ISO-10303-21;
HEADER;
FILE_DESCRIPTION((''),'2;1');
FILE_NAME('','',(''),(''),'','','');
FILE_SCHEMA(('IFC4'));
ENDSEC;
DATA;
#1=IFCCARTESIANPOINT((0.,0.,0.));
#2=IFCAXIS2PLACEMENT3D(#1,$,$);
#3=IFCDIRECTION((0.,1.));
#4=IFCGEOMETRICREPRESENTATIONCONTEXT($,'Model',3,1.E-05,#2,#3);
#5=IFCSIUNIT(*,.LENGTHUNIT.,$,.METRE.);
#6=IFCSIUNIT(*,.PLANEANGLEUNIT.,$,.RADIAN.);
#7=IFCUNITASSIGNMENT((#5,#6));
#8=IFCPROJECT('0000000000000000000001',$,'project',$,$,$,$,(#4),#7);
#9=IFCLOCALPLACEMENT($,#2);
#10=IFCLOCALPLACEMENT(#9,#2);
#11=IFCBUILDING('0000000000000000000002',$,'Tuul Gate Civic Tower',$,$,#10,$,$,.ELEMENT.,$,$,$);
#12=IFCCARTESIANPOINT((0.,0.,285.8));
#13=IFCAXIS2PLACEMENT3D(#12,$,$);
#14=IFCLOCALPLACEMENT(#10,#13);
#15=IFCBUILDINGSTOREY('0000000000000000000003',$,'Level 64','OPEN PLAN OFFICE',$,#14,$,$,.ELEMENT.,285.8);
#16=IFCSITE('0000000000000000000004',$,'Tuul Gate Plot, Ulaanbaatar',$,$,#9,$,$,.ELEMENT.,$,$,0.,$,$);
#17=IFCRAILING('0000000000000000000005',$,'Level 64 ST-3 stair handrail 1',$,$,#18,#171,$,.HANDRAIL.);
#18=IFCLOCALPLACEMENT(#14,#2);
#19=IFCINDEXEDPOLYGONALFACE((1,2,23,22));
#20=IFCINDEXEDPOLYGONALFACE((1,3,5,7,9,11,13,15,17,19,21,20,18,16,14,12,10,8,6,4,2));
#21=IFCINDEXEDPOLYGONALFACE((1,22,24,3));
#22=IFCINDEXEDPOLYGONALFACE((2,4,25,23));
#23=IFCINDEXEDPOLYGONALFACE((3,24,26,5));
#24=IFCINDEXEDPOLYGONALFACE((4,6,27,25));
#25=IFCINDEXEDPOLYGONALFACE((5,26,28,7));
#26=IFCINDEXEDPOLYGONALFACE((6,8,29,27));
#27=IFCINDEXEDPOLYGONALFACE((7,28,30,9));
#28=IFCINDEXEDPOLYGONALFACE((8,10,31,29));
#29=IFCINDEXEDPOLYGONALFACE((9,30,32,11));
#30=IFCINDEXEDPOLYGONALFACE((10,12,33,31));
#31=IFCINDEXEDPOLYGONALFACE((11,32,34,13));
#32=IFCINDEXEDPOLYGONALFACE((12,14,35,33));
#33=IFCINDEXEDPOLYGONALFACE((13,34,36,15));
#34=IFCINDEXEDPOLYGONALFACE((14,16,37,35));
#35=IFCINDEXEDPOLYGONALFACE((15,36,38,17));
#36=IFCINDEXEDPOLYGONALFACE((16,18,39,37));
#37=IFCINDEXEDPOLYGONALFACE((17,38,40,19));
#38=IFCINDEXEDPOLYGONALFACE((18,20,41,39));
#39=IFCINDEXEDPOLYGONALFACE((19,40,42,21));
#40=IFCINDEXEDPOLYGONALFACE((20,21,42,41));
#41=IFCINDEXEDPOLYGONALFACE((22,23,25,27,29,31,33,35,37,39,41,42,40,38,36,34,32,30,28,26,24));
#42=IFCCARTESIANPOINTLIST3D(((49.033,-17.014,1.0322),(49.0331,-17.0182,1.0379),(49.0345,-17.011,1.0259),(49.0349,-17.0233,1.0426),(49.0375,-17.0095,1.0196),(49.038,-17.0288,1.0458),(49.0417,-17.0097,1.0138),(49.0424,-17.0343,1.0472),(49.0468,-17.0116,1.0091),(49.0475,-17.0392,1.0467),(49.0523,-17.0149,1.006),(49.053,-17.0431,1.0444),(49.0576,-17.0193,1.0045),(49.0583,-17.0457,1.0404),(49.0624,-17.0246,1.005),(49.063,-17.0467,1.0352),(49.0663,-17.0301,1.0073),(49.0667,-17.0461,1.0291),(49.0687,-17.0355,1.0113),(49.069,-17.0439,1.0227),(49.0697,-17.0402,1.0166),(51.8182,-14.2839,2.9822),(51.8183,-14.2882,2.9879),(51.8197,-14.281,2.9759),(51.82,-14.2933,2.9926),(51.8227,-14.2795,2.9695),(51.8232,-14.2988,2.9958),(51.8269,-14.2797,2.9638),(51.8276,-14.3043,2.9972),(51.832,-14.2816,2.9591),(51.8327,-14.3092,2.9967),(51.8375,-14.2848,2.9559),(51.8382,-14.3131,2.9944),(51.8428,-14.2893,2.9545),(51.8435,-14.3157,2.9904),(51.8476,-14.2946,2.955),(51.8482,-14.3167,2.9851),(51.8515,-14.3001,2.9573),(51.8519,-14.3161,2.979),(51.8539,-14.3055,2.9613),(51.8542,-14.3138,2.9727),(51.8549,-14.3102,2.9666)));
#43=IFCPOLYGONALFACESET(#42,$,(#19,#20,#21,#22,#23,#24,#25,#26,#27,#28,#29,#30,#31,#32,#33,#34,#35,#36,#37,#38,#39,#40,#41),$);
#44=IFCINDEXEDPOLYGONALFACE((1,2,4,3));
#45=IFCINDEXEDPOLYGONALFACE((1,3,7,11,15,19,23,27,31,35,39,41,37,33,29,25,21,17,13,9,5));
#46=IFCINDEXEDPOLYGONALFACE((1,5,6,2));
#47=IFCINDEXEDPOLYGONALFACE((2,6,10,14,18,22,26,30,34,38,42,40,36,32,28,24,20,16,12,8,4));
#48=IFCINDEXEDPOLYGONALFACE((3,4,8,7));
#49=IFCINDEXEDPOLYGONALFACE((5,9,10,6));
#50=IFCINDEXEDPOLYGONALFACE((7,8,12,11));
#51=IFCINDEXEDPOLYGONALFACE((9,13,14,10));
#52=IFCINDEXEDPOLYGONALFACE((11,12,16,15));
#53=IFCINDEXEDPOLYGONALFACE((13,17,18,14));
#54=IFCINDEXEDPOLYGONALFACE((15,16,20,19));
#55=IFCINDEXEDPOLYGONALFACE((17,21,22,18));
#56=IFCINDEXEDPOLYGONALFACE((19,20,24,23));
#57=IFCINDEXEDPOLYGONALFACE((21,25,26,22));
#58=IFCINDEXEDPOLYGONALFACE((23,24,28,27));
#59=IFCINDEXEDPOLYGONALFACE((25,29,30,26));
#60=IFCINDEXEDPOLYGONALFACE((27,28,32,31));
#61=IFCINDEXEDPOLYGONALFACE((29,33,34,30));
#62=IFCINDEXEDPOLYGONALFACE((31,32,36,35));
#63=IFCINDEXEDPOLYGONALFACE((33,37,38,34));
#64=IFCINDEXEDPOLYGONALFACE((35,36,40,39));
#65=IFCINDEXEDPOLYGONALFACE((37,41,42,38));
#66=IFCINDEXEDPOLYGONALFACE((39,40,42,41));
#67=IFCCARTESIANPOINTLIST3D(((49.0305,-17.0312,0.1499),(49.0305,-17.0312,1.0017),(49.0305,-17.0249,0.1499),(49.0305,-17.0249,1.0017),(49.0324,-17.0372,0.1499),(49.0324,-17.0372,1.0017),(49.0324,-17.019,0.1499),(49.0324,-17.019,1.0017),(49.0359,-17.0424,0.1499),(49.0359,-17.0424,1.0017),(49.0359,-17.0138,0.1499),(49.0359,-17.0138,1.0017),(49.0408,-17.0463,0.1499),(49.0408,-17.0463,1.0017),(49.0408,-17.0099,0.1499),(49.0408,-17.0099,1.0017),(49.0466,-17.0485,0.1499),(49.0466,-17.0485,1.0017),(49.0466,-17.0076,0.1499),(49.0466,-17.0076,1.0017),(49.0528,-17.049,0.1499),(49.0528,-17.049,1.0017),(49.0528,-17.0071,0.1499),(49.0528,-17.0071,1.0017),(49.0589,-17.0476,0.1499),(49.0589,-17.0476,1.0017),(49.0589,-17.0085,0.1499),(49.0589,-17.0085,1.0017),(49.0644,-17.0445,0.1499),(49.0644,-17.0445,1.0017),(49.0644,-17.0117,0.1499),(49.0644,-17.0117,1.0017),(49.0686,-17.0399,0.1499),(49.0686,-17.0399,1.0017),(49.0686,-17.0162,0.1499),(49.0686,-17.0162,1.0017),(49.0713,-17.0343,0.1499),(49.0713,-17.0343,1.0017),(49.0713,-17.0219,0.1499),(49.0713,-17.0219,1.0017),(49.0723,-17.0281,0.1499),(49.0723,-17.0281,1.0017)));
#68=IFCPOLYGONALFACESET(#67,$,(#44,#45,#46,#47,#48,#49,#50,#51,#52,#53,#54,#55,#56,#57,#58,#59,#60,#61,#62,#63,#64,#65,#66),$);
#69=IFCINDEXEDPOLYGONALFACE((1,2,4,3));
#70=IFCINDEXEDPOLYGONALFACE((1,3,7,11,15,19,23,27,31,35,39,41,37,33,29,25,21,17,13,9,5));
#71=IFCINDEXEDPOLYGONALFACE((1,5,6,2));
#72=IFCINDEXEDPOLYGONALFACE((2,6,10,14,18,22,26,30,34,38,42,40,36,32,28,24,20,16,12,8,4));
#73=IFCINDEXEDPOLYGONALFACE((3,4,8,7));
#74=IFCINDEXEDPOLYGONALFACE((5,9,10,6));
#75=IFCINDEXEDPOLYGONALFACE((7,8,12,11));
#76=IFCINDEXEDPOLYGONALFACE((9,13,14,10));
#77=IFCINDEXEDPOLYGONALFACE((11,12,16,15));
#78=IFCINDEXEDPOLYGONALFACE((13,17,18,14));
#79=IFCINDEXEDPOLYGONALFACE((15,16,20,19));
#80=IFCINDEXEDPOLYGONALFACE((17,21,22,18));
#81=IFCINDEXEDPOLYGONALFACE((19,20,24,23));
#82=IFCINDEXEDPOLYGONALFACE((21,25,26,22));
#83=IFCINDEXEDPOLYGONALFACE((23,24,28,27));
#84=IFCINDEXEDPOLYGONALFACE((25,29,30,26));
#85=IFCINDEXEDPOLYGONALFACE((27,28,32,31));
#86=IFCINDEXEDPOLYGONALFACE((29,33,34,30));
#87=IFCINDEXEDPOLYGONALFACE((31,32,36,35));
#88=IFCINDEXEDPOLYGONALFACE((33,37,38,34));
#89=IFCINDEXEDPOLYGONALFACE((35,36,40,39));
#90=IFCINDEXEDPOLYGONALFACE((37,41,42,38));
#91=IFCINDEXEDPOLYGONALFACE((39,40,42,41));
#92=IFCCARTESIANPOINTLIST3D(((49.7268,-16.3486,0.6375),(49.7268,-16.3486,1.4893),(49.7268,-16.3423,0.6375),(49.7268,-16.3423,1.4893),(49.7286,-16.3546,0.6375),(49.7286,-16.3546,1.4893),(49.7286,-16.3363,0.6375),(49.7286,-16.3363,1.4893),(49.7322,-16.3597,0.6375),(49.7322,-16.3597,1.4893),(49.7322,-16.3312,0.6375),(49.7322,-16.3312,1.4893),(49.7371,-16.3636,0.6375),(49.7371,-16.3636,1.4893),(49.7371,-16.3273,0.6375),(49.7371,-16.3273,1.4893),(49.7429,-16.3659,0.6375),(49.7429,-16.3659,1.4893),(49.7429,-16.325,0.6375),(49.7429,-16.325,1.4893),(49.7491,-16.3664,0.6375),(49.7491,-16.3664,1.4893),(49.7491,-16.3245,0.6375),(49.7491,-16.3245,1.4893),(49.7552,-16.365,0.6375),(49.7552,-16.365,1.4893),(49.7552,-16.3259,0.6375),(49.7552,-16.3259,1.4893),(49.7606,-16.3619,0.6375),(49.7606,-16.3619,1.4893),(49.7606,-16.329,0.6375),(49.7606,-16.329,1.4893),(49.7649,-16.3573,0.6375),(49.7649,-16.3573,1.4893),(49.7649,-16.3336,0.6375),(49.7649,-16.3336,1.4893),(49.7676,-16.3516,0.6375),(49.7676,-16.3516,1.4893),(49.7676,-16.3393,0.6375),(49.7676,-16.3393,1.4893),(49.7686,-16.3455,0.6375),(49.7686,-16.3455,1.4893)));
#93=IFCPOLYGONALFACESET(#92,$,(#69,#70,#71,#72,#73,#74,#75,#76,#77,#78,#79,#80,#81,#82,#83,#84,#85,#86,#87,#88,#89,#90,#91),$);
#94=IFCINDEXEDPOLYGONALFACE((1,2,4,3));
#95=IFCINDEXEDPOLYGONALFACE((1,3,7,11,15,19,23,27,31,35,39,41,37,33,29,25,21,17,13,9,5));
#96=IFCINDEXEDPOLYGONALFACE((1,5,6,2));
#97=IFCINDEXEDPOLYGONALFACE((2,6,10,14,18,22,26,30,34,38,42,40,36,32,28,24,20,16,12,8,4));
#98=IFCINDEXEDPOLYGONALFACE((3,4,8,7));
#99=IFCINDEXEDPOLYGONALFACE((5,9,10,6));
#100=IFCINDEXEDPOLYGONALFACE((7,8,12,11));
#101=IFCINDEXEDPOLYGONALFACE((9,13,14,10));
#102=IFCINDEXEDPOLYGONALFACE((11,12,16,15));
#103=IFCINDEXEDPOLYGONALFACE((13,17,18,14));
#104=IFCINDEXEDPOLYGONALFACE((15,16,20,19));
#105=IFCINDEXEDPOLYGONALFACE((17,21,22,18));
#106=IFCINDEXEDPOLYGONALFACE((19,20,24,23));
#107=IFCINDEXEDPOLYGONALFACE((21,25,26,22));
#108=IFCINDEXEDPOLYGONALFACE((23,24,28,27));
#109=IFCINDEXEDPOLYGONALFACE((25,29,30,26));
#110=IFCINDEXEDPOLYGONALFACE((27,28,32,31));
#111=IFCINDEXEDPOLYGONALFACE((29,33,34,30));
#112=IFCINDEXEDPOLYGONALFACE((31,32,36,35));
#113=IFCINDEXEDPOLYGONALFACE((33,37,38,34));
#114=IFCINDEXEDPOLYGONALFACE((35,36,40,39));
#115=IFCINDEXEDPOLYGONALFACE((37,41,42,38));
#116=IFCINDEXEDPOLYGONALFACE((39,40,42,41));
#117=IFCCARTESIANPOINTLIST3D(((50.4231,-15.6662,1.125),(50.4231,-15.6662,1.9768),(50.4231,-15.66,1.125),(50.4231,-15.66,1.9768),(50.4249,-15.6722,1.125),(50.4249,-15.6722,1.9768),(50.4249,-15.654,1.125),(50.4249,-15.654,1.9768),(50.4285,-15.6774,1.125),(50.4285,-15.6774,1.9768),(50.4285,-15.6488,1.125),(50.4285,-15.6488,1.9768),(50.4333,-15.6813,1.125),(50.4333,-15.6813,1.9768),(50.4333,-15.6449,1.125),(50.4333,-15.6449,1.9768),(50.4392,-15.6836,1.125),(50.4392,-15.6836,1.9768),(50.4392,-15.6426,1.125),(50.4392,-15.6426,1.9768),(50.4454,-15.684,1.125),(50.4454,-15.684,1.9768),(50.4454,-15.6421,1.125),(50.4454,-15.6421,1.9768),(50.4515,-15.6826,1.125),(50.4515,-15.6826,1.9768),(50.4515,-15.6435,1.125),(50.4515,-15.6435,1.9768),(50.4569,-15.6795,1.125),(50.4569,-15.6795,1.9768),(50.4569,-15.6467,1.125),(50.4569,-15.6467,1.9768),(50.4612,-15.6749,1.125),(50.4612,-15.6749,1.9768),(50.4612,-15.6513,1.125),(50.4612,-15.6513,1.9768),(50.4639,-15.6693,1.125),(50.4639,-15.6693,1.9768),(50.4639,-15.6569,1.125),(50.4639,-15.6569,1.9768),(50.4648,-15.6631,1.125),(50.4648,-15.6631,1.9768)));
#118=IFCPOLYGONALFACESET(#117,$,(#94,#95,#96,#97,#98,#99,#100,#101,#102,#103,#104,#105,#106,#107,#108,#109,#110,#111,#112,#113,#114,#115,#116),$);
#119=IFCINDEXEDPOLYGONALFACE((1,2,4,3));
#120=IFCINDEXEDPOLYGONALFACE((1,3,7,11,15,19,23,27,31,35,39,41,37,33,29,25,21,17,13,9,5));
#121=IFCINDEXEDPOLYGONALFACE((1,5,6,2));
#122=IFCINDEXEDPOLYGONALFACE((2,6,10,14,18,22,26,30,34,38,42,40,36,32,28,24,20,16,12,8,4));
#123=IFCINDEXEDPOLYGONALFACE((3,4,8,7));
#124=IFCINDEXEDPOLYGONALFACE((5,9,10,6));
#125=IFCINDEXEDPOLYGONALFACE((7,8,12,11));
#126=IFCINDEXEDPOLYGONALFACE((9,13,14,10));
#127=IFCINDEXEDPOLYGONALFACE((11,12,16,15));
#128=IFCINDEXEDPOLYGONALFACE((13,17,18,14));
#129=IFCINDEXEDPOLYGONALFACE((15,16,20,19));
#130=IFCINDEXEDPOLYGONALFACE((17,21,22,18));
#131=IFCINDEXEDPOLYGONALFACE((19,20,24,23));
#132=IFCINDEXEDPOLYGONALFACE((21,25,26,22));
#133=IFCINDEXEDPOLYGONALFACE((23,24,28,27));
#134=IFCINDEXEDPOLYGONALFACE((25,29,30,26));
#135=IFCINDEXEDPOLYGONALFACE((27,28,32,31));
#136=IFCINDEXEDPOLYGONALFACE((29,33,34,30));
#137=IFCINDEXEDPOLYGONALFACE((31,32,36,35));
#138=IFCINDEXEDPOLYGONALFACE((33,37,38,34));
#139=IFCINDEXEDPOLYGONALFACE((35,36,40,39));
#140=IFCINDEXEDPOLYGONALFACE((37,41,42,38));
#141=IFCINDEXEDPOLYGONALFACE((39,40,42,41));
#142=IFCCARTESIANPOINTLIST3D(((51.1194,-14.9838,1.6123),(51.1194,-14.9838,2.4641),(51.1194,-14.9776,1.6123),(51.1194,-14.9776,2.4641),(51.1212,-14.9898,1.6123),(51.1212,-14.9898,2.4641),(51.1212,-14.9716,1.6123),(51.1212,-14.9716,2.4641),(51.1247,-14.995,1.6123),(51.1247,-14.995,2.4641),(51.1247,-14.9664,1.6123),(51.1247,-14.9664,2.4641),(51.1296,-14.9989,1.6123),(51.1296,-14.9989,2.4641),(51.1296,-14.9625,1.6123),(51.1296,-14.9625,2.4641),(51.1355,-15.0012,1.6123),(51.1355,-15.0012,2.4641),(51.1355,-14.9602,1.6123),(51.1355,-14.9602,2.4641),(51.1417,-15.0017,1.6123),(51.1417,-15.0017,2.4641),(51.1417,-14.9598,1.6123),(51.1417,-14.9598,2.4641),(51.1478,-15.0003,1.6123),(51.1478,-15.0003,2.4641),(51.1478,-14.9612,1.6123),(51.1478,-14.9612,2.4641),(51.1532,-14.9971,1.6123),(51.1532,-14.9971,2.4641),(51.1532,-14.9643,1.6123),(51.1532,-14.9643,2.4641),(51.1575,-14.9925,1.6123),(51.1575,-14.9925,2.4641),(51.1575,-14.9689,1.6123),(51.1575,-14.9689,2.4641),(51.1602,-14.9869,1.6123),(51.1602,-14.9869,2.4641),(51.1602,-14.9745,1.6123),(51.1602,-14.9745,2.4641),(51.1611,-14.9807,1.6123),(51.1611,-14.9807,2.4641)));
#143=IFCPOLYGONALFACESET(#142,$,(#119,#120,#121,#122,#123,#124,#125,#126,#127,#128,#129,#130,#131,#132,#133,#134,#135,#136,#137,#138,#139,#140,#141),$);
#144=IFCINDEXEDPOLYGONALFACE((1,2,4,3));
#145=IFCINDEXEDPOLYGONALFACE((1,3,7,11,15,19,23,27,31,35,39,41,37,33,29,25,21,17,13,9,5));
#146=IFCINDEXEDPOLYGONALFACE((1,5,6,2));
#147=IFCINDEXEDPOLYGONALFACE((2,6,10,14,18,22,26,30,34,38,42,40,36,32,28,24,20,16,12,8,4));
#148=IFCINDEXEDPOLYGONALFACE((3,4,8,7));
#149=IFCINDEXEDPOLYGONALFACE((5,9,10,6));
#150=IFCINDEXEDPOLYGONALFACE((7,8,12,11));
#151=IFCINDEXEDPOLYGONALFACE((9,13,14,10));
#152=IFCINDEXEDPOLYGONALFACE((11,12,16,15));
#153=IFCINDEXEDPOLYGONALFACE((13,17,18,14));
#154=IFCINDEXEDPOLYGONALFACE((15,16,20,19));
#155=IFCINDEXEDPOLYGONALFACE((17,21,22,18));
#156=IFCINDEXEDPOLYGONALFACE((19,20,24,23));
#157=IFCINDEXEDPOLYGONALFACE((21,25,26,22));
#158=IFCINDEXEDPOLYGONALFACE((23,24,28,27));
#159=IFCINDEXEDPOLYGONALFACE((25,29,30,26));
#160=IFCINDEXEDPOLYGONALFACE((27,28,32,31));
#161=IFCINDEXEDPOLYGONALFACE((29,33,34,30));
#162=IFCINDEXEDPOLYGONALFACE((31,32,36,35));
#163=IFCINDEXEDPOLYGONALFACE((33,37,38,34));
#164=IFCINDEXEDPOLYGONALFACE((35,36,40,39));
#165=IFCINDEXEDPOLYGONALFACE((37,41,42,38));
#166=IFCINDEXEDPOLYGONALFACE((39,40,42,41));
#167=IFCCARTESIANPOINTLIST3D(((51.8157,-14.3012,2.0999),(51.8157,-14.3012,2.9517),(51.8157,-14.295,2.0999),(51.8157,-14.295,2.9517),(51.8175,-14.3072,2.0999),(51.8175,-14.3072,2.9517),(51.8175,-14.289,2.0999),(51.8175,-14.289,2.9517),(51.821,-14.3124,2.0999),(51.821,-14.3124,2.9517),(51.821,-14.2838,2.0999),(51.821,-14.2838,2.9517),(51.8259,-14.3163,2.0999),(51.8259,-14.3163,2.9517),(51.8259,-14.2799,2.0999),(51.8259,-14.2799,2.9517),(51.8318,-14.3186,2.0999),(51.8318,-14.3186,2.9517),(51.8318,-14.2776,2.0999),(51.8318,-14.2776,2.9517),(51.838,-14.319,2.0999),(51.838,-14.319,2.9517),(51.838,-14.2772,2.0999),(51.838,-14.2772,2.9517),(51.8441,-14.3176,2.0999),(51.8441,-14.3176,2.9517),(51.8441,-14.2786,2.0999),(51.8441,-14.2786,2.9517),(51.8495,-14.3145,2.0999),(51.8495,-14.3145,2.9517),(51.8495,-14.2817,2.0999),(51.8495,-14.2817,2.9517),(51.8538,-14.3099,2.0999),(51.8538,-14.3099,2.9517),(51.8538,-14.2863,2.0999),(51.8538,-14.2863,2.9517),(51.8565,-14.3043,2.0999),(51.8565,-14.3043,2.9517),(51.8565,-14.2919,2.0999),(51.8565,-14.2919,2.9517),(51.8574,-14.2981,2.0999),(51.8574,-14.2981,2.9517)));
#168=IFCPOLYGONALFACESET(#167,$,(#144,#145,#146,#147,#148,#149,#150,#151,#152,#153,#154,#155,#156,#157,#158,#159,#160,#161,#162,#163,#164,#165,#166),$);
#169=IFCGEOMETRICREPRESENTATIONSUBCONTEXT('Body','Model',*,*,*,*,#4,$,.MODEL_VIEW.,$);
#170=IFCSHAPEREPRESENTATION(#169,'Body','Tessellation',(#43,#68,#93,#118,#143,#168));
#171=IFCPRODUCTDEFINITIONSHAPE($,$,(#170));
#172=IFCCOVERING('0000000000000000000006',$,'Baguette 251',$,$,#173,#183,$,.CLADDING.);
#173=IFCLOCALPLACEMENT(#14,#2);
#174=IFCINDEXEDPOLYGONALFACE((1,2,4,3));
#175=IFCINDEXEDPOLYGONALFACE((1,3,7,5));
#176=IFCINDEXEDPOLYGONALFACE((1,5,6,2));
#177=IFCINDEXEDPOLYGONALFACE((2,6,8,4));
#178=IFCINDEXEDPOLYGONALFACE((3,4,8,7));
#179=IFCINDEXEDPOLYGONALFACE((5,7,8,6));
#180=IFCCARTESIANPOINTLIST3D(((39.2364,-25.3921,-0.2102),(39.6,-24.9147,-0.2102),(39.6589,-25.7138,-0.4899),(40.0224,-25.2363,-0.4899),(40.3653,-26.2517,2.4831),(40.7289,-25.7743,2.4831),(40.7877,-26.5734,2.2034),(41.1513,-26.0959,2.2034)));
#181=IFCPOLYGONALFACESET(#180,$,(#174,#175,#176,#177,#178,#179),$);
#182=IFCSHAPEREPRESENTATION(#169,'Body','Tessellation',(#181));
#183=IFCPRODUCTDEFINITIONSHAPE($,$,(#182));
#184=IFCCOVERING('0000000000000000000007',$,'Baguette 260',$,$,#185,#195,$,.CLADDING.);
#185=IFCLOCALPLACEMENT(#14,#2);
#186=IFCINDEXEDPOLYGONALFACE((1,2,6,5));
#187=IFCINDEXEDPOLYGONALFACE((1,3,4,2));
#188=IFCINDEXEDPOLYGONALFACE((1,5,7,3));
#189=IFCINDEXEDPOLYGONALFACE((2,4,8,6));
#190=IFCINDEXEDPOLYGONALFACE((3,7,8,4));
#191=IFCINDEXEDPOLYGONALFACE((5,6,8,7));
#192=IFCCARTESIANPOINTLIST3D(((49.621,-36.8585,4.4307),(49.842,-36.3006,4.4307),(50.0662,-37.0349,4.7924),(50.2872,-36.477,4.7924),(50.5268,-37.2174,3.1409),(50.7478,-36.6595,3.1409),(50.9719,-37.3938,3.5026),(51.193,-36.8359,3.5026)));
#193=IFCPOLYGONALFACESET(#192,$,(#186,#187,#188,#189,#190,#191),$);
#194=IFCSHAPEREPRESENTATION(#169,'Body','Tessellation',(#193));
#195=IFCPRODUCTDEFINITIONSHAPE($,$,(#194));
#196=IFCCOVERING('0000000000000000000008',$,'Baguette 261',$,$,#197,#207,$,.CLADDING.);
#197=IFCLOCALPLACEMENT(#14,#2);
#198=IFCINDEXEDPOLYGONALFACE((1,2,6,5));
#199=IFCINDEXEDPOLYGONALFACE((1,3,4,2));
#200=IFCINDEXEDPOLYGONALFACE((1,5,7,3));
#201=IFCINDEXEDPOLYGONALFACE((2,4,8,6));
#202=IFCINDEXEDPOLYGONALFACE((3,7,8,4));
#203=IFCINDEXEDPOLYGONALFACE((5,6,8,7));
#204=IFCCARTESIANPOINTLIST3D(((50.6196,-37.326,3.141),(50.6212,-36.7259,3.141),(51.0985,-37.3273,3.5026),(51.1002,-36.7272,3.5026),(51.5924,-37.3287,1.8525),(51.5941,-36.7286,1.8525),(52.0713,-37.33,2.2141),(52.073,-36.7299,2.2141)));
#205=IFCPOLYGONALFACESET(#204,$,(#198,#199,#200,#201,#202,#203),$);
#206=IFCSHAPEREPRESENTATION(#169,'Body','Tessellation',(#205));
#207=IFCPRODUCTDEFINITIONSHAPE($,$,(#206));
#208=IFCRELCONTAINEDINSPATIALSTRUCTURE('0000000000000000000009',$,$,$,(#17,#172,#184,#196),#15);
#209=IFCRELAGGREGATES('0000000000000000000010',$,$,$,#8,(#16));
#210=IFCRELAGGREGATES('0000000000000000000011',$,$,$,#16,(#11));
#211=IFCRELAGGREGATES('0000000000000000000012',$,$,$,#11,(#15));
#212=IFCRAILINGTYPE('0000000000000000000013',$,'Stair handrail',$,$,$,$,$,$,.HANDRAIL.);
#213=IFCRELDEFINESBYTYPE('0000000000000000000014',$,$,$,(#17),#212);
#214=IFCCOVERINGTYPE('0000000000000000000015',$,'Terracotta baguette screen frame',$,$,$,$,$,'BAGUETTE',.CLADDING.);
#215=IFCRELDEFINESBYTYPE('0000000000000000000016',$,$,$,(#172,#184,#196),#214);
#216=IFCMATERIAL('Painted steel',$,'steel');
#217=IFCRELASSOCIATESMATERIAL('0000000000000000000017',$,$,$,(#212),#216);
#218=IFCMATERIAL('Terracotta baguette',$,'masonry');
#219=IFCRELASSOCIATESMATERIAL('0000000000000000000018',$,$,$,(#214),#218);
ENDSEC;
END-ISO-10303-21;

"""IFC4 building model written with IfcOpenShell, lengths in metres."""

from ifc_helpers import new_model, si_unit, direction, frame, origin, origin_2d, place, context, subcontext, project, spatial, rectangle, circle, extrude, material, material_profile, profile_set, type_object, element, save


model = new_model("IFC4")

# Units and contexts
model_context = context("Model", 3, precision=1e-05, world=origin(), true_north=direction((0.0, 1.0)))
body_context = subcontext(model_context, "Body", "Model", "MODEL_VIEW")
ifc_project = project(units=[si_unit("LENGTHUNIT", "METRE"), si_unit("PLANEANGLEUNIT", "RADIAN")], contexts=[model_context])

# Site, building, storey
site_placement = place(None, origin())
site = spatial("IfcSite", under=ifc_project, at=site_placement, Name="Tuul Gate Plot, Ulaanbaatar", CompositionType="ELEMENT", RefElevation=0.0)
building_placement = place(site_placement, origin())
building = spatial("IfcBuilding", under=site, at=building_placement, Name="Tuul Gate Civic Tower", CompositionType="ELEMENT")
storey_placement = place(building_placement, frame((0.0, 0.0, 285.8)))
storey = spatial("IfcBuildingStorey", under=building, at=storey_placement, Name="Level 64", Description="OPEN PLAN OFFICE", CompositionType="ELEMENT", Elevation=285.8)

# Railing
ifc_material_1 = material(Name="Painted steel", Category="steel")
railing_type = type_object("IfcRailingType", Name="Stair handrail", PredefinedType="HANDRAIL", material=ifc_material_1)
railing_placement = place(storey_placement, frame((49.0513, -17.0281, 0.1499)))
element("IfcRailing", 1, at=railing_placement, inside=storey, type_object=railing_type, Name="Level 64 ST-3 stair handrail 1", PredefinedType="HANDRAIL", context=body_context, shape_type="SweptSolid", body=[
    extrude(circle(Radius=0.0239, at=origin_2d()), frame((0.0, 0.0, 0.876), z_axis=(0.638754, 0.6261, 0.447206), x_axis=(-0.699998, 0.714145, 0.0)), (0.0, 0.0, 1.0), 4.3604),
    extrude(circle(Radius=0.021, at=origin_2d()), origin(), (0.0, 0.0, 1.0), 0.8518),
    extrude(circle(Radius=0.021, at=origin_2d()), frame((0.6963, 0.6826, 0.4875)), (0.0, 0.0, 1.0), 0.8518),
    extrude(circle(Radius=0.021, at=origin_2d()), frame((1.3926, 1.365, 0.9751)), (0.0, 0.0, 1.0), 0.8518),
    extrude(circle(Radius=0.021, at=origin_2d()), frame((2.0889, 2.0474, 1.4624)), (0.0, 0.0, 1.0), 0.8518),
    extrude(circle(Radius=0.021, at=origin_2d()), frame((2.7852, 2.73, 1.95)), (0.0, 0.0, 1.0), 0.8518),
])

# Coverings
ifc_material_2 = material(Name="Terracotta baguette", Category="masonry")
ifc_material_profile_1 = material_profile(ifc_material_2, rectangle(XDim=0.6001, YDim=0.6001, at=origin_2d()), Name="Terracotta baguette screen frame")
ifc_profile_set_1 = profile_set([ifc_material_profile_1], Name="Terracotta baguette")
covering_type = type_object("IfcCoveringType", Name="Terracotta baguette screen frame", ElementType="BAGUETTE", PredefinedType="CLADDING", material=ifc_profile_set_1)
covering_1_placement = place(storey_placement, frame((40.7583, -26.1738, 2.3433), z_axis=(-0.37083, 0.282373, -0.884732), x_axis=(-0.60582, -0.795602, 0.0)))
element("IfcCovering", 2, at=covering_1_placement, inside=storey, type_object=covering_type, Name="Baguette 251", PredefinedType="CLADDING", context=body_context, shape_type="SweptSolid", body=[
    extrude(rectangle(XDim=0.6001, YDim=0.6001, at=origin_2d()), origin(), (0.0, 0.0, 1.0), 3.0442),
])
covering_2_placement = place(storey_placement, frame((49.9541, -36.6677, 4.6116), z_axis=(0.560355, -0.222027, -0.797939), x_axis=(0.368364, 0.929682, 0.0)))
element("IfcCovering", 3, at=covering_2_placement, inside=storey, type_object=covering_type, Name="Baguette 260", PredefinedType="CLADDING", context=body_context, shape_type="SweptSolid", body=[
    extrude(rectangle(XDim=0.6001, YDim=0.6001, at=origin_2d()), origin(), (0.0, 0.0, 1.0), 1.6165),
])
covering_3_placement = place(storey_placement, frame((50.8599, -37.0266, 3.3218), z_axis=(0.602561, -0.001663, -0.798071), x_axis=(0.00276, 0.999996, 0.0)))
element("IfcCovering", 4, at=covering_3_placement, inside=storey, type_object=covering_type, Name="Baguette 261", PredefinedType="CLADDING", context=body_context, shape_type="SweptSolid", body=[
    extrude(rectangle(XDim=0.6001, YDim=0.6001, at=origin_2d()), origin(), (0.0, 0.0, 1.0), 1.6145),
])

save(model, "model.ifc")
